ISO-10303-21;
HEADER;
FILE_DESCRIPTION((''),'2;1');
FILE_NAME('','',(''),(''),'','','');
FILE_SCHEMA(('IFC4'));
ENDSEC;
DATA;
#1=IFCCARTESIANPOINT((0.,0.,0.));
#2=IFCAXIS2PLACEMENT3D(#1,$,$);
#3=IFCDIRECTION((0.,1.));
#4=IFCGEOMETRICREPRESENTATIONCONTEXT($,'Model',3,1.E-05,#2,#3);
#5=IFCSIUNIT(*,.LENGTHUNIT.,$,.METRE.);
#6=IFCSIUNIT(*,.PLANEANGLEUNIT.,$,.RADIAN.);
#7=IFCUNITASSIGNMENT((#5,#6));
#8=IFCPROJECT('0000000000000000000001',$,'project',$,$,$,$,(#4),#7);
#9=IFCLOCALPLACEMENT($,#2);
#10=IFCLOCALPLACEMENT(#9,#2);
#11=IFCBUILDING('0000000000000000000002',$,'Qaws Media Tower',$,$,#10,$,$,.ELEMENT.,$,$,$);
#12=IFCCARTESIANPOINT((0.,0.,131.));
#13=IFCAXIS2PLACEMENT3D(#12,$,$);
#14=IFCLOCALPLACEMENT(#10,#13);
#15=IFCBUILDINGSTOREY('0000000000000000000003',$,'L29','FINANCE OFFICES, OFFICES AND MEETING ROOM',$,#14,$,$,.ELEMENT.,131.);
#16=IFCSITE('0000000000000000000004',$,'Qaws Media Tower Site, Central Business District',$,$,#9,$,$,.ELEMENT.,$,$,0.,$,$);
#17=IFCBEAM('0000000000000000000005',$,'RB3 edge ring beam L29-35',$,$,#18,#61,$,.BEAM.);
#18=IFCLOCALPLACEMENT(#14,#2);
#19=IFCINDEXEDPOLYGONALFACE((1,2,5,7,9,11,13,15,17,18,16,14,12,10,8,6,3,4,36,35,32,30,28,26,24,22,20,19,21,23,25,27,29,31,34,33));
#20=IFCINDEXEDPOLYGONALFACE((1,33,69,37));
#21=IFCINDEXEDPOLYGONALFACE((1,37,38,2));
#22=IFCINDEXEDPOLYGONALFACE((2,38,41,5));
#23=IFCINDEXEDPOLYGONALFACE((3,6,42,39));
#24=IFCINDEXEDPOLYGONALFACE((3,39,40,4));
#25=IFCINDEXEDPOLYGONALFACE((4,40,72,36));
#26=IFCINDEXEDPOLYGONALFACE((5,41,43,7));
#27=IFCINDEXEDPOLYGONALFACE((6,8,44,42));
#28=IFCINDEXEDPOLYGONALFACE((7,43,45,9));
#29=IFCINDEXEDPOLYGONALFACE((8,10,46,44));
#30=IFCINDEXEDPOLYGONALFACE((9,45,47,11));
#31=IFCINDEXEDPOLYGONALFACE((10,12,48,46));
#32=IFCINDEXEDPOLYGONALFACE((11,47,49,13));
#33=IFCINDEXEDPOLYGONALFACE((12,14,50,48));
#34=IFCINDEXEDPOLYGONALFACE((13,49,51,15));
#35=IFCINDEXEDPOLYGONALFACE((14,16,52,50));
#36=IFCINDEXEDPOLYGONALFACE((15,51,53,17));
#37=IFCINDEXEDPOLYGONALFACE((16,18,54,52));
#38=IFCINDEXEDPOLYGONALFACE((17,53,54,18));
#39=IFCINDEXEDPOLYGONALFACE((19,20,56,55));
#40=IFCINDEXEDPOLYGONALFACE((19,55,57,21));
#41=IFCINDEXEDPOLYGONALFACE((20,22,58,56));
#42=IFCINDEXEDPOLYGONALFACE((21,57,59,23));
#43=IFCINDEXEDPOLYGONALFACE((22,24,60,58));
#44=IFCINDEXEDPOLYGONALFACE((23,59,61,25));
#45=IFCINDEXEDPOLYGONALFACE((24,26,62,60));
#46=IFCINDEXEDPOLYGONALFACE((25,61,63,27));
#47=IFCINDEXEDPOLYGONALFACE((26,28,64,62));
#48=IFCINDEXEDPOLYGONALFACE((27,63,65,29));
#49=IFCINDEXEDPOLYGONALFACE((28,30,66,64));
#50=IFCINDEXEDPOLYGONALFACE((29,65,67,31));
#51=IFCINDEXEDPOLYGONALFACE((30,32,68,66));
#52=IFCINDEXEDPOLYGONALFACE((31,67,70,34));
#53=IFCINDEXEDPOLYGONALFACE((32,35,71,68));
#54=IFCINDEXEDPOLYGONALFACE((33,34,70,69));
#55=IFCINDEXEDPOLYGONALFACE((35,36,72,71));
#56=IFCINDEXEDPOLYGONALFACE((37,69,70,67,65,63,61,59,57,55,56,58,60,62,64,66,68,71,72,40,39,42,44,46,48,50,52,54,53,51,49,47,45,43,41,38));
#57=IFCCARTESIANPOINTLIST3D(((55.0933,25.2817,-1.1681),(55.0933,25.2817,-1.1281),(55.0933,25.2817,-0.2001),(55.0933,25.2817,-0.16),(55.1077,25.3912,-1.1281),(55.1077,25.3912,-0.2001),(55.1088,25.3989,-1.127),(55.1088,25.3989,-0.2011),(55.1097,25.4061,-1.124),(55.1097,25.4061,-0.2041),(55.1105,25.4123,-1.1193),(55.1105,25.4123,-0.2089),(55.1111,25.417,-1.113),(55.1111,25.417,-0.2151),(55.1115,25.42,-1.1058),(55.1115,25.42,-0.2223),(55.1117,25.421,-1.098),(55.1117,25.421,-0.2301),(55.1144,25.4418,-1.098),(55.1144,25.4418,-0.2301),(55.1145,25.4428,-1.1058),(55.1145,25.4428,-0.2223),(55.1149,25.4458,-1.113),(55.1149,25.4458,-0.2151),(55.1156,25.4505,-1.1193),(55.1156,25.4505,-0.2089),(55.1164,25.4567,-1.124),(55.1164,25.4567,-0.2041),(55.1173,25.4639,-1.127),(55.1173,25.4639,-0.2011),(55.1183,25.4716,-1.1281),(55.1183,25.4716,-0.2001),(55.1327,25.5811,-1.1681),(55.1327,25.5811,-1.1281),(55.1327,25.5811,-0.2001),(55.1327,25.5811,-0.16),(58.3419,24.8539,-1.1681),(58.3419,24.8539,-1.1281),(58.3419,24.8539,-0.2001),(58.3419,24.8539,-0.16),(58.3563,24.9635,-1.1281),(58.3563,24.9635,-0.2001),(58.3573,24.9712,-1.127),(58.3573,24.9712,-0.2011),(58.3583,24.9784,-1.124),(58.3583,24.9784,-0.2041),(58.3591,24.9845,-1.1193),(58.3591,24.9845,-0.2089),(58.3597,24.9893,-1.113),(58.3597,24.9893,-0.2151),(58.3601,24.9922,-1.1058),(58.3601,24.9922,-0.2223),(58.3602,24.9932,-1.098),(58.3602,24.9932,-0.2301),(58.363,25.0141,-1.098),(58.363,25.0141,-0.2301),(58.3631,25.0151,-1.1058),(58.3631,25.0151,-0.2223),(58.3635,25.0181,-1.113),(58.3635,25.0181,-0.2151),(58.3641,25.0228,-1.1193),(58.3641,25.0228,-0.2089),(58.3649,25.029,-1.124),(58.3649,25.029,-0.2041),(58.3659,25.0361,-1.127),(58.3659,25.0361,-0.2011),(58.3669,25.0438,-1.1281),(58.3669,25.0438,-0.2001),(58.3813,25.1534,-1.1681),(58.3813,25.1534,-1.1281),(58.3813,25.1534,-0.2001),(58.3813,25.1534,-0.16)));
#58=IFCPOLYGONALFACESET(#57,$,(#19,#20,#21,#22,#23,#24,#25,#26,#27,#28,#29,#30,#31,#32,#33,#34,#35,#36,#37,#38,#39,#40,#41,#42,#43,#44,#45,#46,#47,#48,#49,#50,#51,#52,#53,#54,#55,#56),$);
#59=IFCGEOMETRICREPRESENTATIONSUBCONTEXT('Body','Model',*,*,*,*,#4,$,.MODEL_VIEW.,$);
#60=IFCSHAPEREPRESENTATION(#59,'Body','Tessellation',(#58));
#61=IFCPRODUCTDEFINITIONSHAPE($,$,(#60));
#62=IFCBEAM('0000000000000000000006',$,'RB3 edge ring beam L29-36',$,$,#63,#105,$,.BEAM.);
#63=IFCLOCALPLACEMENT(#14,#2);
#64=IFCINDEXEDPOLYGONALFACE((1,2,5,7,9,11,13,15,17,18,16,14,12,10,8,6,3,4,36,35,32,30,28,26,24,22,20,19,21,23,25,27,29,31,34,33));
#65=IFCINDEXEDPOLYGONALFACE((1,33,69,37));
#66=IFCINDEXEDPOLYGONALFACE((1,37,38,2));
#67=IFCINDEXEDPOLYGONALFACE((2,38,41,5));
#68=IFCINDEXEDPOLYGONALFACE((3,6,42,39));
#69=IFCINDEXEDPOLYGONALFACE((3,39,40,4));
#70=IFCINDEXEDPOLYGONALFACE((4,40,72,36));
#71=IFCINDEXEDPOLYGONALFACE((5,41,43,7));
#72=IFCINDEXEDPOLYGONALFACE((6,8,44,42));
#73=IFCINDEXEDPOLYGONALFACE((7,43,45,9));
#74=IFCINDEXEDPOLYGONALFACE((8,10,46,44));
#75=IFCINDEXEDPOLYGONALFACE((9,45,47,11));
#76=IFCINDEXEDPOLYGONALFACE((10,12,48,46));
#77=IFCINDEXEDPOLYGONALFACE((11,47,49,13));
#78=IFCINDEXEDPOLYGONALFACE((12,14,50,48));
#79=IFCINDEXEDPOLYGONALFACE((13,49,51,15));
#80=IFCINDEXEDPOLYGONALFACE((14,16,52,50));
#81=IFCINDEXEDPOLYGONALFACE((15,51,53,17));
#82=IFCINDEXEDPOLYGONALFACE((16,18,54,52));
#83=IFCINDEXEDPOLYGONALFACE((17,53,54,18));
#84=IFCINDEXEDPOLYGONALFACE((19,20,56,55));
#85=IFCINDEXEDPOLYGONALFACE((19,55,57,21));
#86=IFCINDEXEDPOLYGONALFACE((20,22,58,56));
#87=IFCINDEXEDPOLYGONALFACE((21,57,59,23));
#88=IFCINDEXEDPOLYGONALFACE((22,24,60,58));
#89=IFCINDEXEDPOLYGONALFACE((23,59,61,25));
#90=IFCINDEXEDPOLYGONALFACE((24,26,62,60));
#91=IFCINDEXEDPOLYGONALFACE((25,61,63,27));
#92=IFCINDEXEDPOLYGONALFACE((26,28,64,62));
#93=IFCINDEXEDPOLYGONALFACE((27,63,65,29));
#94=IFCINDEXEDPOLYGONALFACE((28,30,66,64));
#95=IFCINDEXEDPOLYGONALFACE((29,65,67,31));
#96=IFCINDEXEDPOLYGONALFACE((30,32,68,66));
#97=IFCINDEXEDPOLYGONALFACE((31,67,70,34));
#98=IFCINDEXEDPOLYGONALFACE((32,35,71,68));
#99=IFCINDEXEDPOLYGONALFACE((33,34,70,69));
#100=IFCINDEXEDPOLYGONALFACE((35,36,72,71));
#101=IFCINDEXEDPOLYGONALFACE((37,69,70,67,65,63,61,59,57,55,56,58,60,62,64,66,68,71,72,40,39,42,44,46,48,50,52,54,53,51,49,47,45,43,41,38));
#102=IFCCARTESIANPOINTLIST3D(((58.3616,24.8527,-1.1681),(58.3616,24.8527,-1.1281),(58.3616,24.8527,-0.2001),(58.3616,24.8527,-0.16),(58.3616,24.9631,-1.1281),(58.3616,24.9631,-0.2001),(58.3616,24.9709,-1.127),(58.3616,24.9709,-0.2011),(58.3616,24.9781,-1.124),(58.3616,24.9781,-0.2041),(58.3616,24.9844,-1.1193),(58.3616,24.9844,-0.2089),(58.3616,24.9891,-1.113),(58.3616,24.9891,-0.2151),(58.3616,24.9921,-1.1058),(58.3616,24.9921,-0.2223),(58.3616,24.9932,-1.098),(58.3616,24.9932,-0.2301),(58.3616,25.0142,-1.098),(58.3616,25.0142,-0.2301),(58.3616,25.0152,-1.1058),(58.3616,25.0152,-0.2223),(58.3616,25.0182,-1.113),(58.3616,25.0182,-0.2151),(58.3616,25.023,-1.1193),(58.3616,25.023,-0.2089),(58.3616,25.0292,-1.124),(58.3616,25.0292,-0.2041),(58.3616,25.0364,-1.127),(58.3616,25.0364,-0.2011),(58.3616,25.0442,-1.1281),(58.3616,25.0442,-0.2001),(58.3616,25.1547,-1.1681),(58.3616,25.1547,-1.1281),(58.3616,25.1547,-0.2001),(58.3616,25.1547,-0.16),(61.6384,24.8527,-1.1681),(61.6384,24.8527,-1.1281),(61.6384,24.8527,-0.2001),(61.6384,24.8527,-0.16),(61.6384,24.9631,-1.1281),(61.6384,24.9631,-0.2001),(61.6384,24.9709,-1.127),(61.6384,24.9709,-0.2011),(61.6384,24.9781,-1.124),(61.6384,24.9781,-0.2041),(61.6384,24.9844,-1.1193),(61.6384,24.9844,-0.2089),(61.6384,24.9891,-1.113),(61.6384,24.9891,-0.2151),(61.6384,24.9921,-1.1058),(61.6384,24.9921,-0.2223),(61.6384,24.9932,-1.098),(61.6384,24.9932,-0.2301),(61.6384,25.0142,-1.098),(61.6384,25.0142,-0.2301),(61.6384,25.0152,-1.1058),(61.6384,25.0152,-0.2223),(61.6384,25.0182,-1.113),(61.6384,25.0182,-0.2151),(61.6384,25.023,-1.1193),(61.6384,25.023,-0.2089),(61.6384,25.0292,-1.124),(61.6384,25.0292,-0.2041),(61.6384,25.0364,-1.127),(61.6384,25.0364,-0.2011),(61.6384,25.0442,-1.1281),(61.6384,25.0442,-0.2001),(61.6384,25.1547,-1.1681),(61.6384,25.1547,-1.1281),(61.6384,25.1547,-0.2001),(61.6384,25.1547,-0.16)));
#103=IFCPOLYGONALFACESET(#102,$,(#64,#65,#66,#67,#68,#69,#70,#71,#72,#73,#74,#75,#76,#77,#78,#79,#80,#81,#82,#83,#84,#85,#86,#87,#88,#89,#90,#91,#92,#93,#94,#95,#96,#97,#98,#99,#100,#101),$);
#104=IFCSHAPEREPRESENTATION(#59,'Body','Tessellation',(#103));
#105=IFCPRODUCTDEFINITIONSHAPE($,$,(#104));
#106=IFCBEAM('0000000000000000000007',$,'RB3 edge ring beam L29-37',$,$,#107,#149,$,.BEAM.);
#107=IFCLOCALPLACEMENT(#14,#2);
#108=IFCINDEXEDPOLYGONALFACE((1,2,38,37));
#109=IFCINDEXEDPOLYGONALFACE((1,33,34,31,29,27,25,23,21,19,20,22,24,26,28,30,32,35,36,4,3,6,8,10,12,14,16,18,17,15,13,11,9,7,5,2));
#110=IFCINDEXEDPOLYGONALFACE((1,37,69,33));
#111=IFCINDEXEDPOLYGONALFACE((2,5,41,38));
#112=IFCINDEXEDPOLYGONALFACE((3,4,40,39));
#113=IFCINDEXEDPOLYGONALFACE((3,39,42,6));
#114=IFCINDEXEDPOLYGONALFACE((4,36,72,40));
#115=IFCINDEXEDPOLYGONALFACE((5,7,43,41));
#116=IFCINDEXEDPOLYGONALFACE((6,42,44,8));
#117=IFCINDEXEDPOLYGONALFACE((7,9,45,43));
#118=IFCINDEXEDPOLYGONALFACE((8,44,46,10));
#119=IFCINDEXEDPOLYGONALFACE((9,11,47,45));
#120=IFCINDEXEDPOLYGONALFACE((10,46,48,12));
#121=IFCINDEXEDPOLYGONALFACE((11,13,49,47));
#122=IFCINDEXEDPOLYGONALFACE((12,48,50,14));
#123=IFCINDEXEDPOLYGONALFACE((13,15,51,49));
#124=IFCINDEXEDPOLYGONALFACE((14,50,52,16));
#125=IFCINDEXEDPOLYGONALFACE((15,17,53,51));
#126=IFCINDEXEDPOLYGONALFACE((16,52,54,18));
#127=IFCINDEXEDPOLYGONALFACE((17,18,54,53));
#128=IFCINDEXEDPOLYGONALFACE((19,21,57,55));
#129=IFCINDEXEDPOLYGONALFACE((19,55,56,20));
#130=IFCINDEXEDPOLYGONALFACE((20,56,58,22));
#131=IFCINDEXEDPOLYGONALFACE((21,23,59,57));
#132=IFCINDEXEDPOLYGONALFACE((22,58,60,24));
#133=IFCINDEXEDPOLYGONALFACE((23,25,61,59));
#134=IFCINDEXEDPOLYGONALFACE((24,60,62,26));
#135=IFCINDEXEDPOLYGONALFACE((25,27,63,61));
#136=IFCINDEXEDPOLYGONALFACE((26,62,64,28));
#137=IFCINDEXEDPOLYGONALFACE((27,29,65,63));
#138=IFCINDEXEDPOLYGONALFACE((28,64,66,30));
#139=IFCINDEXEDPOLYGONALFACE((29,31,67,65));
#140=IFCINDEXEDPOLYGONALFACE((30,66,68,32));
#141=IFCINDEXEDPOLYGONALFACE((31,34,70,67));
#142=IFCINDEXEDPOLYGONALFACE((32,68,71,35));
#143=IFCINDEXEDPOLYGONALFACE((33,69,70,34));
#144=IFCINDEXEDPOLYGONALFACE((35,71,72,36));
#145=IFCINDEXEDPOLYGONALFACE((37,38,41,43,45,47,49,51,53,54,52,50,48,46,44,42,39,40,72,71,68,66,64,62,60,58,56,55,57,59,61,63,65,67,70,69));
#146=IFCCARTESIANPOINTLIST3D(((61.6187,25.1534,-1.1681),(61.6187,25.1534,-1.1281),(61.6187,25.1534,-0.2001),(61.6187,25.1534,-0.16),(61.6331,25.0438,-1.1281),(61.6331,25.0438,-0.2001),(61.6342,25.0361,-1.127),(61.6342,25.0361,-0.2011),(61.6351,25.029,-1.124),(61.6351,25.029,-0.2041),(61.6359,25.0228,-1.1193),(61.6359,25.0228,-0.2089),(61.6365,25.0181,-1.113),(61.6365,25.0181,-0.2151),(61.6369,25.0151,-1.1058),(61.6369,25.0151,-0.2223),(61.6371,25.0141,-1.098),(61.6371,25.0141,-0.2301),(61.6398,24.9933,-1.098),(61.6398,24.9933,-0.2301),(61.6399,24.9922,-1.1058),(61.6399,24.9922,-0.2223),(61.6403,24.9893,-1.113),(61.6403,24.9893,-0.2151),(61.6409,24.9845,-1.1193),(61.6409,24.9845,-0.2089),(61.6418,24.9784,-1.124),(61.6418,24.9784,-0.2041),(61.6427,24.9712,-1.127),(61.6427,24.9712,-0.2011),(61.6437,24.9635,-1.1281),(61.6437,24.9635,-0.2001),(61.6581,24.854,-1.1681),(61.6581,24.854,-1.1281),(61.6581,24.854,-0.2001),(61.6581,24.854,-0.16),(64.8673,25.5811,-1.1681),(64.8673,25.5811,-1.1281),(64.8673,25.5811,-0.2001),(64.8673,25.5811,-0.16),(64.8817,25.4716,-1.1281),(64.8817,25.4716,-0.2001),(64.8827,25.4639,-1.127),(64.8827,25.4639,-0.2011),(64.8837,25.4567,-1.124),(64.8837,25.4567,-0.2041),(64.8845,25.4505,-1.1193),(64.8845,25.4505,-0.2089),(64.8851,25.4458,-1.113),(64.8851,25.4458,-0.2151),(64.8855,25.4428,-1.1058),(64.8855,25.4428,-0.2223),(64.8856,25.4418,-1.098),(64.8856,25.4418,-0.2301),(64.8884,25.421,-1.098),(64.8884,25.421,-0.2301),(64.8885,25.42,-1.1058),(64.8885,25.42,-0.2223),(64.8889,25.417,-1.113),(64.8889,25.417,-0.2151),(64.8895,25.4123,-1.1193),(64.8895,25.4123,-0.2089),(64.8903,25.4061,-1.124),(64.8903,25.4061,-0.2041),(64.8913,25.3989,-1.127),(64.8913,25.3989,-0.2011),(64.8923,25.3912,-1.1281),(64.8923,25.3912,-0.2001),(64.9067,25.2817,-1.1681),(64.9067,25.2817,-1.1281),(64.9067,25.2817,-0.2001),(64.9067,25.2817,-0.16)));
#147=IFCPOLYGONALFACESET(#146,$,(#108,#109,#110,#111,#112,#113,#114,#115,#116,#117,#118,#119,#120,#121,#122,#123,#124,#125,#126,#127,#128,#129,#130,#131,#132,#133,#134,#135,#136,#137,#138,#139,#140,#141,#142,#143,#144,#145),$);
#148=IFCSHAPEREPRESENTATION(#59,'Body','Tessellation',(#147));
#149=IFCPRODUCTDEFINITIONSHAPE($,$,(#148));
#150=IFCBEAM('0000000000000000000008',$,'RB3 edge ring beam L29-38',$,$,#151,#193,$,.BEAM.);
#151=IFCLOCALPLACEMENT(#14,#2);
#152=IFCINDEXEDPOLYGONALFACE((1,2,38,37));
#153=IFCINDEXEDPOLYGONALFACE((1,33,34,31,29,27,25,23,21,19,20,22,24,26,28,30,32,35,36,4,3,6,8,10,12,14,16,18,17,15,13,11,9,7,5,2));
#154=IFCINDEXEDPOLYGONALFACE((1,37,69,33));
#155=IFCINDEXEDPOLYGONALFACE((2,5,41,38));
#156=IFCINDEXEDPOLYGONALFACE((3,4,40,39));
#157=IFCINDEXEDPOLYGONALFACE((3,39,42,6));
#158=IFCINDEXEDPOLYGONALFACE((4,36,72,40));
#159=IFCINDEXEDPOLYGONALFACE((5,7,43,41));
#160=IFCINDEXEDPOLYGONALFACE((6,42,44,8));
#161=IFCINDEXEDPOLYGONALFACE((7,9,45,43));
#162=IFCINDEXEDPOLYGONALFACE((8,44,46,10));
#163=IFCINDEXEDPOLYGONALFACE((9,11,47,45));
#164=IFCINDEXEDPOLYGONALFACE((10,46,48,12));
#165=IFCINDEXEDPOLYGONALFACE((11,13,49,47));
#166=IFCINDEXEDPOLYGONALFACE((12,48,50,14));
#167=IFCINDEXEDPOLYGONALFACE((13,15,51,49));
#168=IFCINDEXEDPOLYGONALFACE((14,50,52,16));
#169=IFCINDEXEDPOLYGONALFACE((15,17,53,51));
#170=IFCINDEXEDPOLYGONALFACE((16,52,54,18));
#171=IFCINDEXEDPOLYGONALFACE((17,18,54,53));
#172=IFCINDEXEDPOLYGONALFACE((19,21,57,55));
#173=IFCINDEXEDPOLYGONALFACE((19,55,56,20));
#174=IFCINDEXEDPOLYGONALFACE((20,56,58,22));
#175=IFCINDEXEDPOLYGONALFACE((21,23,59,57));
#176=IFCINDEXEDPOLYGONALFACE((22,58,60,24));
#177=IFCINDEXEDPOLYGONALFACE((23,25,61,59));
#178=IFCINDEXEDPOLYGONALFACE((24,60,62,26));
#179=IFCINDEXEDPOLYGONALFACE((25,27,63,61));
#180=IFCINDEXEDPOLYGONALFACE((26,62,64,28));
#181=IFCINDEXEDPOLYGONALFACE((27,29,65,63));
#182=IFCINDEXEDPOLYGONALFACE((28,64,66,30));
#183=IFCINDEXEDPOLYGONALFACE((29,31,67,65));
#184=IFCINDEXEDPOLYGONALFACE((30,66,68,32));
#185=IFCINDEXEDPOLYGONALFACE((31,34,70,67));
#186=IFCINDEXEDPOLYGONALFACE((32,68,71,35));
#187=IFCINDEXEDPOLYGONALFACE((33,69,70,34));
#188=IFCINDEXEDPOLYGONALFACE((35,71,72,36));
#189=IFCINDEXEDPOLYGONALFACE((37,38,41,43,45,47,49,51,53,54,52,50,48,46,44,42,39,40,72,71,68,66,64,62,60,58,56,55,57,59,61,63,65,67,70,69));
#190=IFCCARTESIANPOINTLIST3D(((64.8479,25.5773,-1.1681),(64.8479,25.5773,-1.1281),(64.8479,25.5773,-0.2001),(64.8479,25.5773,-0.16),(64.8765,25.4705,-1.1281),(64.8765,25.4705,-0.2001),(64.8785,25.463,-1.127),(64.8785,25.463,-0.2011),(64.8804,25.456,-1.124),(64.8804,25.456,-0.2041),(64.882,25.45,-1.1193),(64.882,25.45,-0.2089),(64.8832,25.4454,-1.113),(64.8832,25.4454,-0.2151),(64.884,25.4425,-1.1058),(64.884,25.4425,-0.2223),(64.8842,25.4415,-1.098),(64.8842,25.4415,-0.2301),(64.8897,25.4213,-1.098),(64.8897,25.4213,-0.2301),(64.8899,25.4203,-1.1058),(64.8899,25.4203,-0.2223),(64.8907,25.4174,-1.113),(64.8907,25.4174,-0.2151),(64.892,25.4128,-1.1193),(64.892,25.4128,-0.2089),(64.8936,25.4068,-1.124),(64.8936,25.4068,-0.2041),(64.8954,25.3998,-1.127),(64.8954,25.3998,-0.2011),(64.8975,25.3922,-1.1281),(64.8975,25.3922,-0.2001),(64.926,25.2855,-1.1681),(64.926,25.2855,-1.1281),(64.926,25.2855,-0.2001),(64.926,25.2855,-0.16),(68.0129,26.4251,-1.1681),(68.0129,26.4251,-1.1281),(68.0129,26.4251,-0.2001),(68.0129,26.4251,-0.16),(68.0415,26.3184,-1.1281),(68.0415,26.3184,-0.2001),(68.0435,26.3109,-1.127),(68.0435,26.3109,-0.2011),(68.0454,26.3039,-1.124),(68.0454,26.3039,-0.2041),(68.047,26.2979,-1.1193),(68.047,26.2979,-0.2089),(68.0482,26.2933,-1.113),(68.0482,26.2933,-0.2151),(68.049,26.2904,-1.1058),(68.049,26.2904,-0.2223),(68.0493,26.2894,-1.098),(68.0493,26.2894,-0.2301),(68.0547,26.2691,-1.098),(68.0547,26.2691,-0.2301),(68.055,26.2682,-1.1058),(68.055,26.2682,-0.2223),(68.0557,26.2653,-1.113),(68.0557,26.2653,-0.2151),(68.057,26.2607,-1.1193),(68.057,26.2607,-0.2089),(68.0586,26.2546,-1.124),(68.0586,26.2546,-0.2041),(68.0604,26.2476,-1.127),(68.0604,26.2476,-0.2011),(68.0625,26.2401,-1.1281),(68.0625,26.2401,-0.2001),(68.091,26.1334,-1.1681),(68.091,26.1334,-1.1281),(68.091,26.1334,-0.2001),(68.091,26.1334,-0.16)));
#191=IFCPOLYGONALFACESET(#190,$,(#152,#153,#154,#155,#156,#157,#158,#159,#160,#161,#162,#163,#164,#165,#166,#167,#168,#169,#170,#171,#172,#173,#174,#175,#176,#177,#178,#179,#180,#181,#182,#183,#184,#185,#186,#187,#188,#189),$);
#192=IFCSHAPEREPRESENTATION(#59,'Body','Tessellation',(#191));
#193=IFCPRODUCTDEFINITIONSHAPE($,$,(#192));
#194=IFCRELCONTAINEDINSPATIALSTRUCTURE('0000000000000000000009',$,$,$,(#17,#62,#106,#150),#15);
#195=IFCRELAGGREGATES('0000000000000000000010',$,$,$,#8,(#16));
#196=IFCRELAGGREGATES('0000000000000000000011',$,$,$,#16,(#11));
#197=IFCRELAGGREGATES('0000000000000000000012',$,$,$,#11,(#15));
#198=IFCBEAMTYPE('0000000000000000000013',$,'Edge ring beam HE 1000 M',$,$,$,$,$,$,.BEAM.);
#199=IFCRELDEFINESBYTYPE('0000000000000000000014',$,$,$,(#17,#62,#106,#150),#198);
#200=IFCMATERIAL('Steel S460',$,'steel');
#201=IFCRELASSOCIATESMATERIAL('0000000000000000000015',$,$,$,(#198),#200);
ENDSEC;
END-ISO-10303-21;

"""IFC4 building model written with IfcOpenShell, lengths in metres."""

from ifc_helpers import new_model, si_unit, direction, frame, origin, origin_2d, place, context, subcontext, project, spatial, i_section, extrude, material, material_profile, profile_set, type_object, element, save


model = new_model("IFC4")

# Units and contexts
model_context = context("Model", 3, precision=1e-05, world=origin(), true_north=direction((0.0, 1.0)))
body_context = subcontext(model_context, "Body", "Model", "MODEL_VIEW")
ifc_project = project(units=[si_unit("LENGTHUNIT", "METRE"), si_unit("PLANEANGLEUNIT", "RADIAN")], contexts=[model_context])

# Site, building, storey
site_placement = place(None, origin())
site = spatial("IfcSite", under=ifc_project, at=site_placement, Name="Qaws Media Tower Site, Central Business District", CompositionType="ELEMENT", RefElevation=0.0)
building_placement = place(site_placement, origin())
building = spatial("IfcBuilding", under=site, at=building_placement, Name="Qaws Media Tower", CompositionType="ELEMENT")
storey_placement = place(building_placement, frame((0.0, 0.0, 131.0)))
storey = spatial("IfcBuildingStorey", under=building, at=storey_placement, Name="L29", Description="FINANCE OFFICES, OFFICES AND MEETING ROOM", CompositionType="ELEMENT", Elevation=131.0)

# Beams
ifc_material_1 = material(Name="Steel S460", Category="steel")
ifc_material_profile_1 = material_profile(ifc_material_1, i_section(OverallWidth=0.302, OverallDepth=1.0081, WebThickness=0.021, FlangeThickness=0.04, FilletRadius=0.03, at=origin_2d()), Name="HE 1000 M")
ifc_profile_set_1 = profile_set([ifc_material_profile_1], Name="Steel S460")
beam_type = type_object("IfcBeamType", Name="Edge ring beam HE 1000 M", PredefinedType="BEAM", material=ifc_profile_set_1)
beam_1_placement = place(storey_placement, frame((55.113, 25.4314, -0.6641), z_axis=(0.991443, -0.130543, 0.0), x_axis=(0.130543, 0.991443, 0.0)))
element("IfcBeam", 1, at=beam_1_placement, inside=storey, type_object=beam_type, Name="RB3 edge ring beam L29-35", PredefinedType="BEAM", context=body_context, shape_type="SweptSolid", body=[
    extrude(i_section(OverallWidth=0.302, OverallDepth=1.0081, WebThickness=0.021, FlangeThickness=0.04, FilletRadius=0.03, at=origin_2d()), origin(), (0.0, 0.0, 1.0), 3.2766),
])
beam_2_placement = place(storey_placement, frame((58.3616, 25.0037, -0.6641), z_axis=(1.0, 0.0, 0.0), x_axis=(0.0, 1.0, 0.0)))
element("IfcBeam", 2, at=beam_2_placement, inside=storey, type_object=beam_type, Name="RB3 edge ring beam L29-36", PredefinedType="BEAM", context=body_context, shape_type="SweptSolid", body=[
    extrude(i_section(OverallWidth=0.302, OverallDepth=1.0081, WebThickness=0.021, FlangeThickness=0.04, FilletRadius=0.03, at=origin_2d()), origin(), (0.0, 0.0, 1.0), 3.2769),
])
for number, where, z_axis, x_axis, name in (
    (3, (61.6384, 25.0037, -0.6641), (0.991443, 0.130543, 0.0), (-0.130543, 0.991443, 0.0), "RB3 edge ring beam L29-37"),
    (4, (64.887, 25.4314, -0.6641), (0.965939, 0.258771, 0.0), (-0.258771, 0.965939, 0.0), "RB3 edge ring beam L29-38"),
):
    element("IfcBeam", number, at=place(storey_placement, frame(where, z_axis=z_axis, x_axis=x_axis)), inside=storey, type_object=beam_type, Name=name, PredefinedType="BEAM", context=body_context, shape_type="SweptSolid", body=[
        extrude(i_section(OverallWidth=0.302, OverallDepth=1.0081, WebThickness=0.021, FlangeThickness=0.04, FilletRadius=0.03, at=origin_2d()), origin(), (0.0, 0.0, 1.0), 3.2766),
    ])

save(model, "model.ifc")
